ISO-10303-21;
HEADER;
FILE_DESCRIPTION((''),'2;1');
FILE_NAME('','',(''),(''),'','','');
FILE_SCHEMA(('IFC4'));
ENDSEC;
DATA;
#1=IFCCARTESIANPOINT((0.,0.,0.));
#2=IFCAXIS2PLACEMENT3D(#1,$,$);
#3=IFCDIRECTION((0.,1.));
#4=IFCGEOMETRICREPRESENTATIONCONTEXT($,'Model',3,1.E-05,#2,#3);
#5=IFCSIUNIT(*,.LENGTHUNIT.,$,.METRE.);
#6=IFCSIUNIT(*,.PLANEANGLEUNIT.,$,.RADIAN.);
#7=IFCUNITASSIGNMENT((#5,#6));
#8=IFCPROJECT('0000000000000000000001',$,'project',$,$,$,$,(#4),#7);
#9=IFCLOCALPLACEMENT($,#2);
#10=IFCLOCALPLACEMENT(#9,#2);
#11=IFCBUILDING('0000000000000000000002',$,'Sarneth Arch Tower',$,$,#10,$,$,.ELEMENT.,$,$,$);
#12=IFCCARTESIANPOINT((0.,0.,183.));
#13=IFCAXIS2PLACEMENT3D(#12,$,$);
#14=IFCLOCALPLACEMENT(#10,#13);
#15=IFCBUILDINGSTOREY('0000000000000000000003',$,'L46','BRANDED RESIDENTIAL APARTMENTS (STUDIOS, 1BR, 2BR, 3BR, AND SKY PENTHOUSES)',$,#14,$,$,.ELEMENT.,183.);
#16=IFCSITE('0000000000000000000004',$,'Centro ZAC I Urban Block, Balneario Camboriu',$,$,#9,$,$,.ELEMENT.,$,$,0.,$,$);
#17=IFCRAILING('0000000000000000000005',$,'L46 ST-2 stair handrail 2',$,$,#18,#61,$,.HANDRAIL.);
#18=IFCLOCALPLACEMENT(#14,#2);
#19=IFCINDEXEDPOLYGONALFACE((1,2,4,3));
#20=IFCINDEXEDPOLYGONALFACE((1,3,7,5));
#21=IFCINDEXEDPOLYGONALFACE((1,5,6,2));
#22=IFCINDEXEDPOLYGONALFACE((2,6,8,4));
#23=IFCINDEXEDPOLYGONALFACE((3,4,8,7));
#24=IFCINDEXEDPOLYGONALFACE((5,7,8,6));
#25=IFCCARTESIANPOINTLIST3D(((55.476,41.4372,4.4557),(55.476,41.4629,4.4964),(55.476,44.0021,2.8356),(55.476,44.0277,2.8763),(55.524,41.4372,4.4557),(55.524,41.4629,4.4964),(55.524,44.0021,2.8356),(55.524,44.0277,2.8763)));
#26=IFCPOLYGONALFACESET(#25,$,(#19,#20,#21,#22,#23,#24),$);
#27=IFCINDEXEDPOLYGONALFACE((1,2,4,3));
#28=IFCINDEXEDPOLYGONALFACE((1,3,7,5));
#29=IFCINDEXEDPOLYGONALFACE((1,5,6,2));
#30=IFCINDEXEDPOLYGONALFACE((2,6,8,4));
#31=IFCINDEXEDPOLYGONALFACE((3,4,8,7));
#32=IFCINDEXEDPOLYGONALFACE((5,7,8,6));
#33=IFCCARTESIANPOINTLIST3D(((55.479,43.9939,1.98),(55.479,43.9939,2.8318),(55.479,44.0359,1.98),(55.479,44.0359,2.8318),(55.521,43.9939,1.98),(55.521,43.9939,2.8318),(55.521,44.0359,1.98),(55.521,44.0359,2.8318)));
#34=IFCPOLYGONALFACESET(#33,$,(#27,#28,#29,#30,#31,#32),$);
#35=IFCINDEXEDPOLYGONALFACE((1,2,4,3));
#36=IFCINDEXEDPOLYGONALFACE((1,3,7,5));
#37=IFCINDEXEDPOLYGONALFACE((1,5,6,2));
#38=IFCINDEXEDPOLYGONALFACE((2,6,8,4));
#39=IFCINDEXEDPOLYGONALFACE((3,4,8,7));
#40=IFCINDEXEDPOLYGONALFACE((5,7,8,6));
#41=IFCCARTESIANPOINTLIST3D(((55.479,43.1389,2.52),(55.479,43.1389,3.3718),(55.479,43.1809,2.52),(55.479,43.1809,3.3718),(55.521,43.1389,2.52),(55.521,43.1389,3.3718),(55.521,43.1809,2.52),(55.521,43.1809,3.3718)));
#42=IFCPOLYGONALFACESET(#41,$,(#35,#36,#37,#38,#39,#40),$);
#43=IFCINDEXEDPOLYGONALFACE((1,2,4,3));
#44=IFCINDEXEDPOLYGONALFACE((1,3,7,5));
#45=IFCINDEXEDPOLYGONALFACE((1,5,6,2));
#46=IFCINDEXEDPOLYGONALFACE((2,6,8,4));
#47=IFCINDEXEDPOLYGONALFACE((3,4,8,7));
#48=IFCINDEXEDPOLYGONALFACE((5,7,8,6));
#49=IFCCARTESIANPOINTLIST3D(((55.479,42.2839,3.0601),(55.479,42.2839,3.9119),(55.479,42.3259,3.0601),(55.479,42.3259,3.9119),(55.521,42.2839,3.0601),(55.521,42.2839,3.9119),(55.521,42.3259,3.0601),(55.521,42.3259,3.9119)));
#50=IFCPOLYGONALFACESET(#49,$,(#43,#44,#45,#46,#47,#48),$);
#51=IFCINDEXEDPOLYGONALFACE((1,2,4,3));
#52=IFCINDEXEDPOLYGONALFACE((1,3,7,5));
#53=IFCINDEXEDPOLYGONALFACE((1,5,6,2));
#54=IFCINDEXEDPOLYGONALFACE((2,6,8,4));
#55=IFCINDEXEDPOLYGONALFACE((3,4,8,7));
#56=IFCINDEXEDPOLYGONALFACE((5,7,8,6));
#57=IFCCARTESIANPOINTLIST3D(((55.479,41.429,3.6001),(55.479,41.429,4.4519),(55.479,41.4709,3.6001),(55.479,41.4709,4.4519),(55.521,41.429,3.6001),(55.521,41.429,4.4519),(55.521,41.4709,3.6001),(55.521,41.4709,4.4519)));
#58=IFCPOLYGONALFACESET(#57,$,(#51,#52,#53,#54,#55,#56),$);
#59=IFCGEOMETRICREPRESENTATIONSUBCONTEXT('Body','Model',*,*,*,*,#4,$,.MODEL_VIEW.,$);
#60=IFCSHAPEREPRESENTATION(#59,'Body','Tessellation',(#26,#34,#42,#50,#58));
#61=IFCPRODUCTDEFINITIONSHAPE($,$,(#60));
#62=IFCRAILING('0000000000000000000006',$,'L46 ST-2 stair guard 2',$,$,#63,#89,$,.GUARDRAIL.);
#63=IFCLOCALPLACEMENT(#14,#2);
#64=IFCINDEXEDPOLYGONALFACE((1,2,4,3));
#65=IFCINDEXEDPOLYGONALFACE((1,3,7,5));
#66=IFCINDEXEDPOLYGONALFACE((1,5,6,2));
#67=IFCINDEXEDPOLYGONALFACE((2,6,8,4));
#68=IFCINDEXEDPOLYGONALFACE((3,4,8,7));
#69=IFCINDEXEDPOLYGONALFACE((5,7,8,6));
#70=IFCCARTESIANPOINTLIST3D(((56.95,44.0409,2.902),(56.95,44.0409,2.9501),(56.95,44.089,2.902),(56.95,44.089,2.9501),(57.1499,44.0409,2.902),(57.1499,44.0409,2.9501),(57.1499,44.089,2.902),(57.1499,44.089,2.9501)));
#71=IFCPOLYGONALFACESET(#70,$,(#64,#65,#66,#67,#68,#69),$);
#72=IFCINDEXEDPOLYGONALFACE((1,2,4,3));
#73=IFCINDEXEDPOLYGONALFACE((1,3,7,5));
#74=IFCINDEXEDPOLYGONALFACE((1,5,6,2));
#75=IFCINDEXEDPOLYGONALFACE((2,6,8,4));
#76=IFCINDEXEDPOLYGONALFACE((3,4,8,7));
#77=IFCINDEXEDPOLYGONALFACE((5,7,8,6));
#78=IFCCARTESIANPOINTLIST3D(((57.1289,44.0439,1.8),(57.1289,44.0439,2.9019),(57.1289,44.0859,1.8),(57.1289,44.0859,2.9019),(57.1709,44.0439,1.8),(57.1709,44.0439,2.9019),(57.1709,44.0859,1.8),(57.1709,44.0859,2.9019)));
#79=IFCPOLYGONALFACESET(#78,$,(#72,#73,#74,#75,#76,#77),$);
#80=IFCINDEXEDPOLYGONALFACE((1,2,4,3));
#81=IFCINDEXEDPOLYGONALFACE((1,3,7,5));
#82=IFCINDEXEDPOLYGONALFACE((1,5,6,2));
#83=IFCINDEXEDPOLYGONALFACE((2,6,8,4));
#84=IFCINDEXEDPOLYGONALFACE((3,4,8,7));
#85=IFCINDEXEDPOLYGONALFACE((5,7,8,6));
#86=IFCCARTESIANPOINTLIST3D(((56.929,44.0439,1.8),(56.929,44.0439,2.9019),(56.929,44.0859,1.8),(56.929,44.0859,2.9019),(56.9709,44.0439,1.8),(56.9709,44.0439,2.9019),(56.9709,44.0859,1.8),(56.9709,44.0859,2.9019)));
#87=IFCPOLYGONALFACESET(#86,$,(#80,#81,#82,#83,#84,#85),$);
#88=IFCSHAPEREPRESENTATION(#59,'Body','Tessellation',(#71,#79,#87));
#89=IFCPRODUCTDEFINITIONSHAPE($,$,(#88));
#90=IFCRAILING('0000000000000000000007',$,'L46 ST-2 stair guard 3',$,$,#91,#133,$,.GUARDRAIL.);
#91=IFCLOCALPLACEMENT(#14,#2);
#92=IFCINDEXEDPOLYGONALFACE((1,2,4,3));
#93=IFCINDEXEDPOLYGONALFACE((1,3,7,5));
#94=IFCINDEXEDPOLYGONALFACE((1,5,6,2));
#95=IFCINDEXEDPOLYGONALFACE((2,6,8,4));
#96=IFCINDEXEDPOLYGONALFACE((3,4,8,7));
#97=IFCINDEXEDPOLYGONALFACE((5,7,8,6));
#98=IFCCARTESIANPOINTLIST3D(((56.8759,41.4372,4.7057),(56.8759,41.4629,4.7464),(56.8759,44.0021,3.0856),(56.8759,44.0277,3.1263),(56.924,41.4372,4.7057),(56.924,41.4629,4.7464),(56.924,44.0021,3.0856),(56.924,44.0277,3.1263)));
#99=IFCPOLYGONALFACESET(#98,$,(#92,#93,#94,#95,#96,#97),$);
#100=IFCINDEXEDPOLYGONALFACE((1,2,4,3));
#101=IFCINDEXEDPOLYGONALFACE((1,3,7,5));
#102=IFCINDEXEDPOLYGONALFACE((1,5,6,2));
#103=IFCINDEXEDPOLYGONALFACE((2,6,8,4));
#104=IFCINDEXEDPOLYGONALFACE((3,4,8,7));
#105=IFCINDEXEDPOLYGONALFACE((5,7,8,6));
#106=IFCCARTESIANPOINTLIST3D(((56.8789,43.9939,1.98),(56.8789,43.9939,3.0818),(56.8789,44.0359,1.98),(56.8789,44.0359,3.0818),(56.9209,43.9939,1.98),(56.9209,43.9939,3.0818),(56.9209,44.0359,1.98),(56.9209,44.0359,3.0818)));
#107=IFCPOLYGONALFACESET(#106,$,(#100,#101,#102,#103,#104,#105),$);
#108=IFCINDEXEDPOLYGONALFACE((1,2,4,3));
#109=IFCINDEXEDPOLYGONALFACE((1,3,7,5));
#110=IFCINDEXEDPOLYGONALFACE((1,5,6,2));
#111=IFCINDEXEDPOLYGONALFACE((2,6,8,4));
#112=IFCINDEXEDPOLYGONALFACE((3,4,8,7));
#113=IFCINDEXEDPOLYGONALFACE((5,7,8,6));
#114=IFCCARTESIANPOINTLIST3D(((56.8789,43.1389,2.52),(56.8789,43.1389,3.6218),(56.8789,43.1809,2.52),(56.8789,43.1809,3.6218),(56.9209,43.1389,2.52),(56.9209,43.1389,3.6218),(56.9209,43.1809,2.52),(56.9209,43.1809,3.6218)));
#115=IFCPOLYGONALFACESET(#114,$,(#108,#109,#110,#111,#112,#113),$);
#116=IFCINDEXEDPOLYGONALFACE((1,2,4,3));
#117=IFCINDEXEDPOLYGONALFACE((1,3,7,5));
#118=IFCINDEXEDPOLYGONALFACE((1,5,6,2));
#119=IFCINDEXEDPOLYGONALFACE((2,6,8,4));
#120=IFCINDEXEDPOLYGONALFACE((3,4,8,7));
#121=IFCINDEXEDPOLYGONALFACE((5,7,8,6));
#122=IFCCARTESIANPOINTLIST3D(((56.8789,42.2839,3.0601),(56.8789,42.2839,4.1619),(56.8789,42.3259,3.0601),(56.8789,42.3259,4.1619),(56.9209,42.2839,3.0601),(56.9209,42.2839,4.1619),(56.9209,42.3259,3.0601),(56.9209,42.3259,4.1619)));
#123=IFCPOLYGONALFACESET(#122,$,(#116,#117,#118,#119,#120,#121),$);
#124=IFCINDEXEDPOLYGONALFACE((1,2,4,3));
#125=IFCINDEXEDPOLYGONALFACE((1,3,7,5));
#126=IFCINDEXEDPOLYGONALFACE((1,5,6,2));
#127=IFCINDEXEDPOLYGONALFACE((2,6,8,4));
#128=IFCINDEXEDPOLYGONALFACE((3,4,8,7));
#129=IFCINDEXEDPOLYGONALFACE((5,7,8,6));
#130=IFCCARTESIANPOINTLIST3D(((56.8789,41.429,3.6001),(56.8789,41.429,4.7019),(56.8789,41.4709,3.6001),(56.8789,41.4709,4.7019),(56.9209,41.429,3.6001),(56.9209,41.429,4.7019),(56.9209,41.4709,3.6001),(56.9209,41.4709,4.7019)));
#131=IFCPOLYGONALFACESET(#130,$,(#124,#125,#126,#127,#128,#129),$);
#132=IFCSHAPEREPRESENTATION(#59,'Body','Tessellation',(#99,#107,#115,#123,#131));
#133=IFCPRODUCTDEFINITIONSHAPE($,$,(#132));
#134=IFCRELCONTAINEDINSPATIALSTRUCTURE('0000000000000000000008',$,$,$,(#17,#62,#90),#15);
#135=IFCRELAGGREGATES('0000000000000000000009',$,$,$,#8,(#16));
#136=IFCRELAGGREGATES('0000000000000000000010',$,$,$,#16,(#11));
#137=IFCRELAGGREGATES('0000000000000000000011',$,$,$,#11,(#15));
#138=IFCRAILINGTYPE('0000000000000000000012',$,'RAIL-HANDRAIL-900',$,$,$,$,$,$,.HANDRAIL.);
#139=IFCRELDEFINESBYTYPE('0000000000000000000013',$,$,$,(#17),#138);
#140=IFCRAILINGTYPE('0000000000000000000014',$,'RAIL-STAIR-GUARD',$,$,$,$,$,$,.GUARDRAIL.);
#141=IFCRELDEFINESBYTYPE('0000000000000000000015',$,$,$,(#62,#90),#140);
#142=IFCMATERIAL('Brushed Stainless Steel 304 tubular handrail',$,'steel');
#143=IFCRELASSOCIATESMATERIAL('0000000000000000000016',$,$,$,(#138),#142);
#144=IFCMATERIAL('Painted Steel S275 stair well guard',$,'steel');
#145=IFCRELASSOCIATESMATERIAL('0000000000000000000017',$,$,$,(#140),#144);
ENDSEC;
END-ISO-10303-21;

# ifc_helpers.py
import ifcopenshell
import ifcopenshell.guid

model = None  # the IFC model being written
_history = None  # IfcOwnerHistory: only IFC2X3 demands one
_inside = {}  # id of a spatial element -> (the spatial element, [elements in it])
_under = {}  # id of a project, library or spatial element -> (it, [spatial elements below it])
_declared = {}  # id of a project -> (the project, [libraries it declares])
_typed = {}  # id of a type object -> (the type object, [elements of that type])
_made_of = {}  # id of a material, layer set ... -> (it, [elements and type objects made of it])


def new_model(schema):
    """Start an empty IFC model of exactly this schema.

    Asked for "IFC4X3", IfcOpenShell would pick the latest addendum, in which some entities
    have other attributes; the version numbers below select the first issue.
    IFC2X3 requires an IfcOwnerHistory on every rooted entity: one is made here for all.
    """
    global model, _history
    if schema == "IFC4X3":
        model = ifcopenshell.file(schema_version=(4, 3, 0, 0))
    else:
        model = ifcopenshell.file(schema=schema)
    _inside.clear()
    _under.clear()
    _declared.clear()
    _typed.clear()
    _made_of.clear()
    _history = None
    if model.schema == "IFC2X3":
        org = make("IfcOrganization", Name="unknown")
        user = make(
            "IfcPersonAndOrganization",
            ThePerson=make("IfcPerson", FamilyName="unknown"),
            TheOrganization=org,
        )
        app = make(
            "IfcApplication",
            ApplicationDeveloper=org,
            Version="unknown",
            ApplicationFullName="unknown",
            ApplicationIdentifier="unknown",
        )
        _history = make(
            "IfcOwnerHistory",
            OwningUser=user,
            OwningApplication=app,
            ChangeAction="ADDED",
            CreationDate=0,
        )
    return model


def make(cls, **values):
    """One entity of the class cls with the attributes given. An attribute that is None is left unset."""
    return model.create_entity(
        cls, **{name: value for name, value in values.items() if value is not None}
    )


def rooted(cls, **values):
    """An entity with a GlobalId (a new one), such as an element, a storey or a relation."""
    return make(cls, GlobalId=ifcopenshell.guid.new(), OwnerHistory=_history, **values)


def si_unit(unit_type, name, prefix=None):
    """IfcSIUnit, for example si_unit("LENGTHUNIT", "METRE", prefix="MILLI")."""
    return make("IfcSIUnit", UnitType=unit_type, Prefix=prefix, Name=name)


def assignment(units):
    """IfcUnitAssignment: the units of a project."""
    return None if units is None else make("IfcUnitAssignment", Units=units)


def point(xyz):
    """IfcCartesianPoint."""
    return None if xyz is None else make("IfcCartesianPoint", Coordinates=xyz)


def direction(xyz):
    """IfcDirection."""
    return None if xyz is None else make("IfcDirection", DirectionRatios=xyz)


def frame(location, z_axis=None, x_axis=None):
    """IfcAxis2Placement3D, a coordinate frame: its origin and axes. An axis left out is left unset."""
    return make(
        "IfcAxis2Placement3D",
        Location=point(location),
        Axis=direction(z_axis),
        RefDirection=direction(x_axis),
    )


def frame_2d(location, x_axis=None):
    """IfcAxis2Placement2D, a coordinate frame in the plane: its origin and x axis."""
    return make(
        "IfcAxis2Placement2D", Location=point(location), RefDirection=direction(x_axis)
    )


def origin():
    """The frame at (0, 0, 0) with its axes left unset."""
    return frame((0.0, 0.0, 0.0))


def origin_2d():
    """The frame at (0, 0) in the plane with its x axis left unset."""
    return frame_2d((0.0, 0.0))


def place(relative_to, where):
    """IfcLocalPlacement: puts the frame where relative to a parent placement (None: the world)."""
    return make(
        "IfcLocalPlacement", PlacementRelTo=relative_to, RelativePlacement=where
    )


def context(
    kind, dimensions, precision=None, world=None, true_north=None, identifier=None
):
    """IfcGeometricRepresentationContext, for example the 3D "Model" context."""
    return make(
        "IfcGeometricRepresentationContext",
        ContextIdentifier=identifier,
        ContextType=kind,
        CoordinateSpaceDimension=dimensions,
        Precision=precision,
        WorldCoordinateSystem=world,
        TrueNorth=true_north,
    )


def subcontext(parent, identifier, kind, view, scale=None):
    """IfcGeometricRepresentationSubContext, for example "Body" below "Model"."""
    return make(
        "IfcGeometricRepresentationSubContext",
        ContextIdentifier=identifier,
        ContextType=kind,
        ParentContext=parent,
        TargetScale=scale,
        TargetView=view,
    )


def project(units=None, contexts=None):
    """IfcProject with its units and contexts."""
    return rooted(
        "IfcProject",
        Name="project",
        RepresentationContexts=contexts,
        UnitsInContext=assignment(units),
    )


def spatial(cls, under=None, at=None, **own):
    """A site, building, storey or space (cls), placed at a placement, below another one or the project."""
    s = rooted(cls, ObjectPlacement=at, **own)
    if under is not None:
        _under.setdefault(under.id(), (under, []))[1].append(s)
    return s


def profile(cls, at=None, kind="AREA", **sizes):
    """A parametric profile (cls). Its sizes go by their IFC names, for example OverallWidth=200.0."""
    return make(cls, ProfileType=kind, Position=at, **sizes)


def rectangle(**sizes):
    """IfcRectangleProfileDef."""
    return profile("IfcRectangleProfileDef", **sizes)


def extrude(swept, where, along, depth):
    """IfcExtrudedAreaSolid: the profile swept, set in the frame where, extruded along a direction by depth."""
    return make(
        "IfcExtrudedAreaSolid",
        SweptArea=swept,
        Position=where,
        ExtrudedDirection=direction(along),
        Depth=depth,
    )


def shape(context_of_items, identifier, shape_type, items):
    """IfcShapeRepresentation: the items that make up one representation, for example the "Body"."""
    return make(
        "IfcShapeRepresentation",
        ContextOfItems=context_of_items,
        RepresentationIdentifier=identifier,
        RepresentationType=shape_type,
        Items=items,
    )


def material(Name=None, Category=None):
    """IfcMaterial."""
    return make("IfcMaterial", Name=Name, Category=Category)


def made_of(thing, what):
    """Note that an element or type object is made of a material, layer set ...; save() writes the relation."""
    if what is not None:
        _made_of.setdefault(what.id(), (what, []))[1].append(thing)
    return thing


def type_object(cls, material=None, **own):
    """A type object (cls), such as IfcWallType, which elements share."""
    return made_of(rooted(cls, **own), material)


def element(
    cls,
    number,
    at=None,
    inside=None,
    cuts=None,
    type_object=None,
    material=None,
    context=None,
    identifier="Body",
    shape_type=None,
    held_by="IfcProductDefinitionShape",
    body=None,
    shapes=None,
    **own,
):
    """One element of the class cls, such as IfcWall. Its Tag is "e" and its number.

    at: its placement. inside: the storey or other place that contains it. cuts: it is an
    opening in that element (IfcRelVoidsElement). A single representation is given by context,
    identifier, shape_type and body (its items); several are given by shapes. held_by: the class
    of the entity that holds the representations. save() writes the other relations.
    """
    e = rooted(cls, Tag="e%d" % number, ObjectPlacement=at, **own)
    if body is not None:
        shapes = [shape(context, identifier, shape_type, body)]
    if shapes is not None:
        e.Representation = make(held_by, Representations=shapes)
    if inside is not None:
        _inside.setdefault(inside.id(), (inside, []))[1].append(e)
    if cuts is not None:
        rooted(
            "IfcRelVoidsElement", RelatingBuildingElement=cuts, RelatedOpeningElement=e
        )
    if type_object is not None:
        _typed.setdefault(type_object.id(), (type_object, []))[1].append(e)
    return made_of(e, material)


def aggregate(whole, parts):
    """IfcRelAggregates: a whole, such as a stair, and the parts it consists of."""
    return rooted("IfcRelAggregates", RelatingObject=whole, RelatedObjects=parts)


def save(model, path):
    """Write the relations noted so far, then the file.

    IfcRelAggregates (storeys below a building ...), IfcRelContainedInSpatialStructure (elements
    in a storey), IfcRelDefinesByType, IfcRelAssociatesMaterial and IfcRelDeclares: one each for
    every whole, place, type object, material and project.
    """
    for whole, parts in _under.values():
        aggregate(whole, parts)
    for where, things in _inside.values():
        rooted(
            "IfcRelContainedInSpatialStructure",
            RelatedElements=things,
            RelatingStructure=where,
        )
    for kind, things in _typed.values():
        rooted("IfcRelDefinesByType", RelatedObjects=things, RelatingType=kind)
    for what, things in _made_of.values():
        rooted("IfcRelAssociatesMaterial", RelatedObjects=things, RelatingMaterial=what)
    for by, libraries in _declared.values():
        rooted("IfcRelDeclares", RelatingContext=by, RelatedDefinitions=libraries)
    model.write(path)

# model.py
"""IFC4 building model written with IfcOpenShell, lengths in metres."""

from ifc_helpers import new_model, si_unit, direction, frame, origin, origin_2d, place, context, subcontext, project, spatial, rectangle, extrude, material, type_object, element, save


model = new_model("IFC4")

# Units and contexts
model_context = context("Model", 3, precision=1e-05, world=origin(), true_north=direction((0.0, 1.0)))
body_context = subcontext(model_context, "Body", "Model", "MODEL_VIEW")
ifc_project = project(units=[si_unit("LENGTHUNIT", "METRE"), si_unit("PLANEANGLEUNIT", "RADIAN")], contexts=[model_context])

# Site, building, storey
site_placement = place(None, origin())
site = spatial("IfcSite", under=ifc_project, at=site_placement, Name="Centro ZAC I Urban Block, Balneario Camboriu", CompositionType="ELEMENT", RefElevation=0.0)
building_placement = place(site_placement, origin())
building = spatial("IfcBuilding", under=site, at=building_placement, Name="Sarneth Arch Tower", CompositionType="ELEMENT")
storey_placement = place(building_placement, frame((0.0, 0.0, 183.0)))
storey = spatial("IfcBuildingStorey", under=building, at=storey_placement, Name="L46", Description="BRANDED RESIDENTIAL APARTMENTS (STUDIOS, 1BR, 2BR, 3BR, AND SKY PENTHOUSES)", CompositionType="ELEMENT", Elevation=183.0)

# Railings
ifc_material_1 = material(Name="Brushed Stainless Steel 304 tubular handrail", Category="steel")
railing_type_1 = type_object("IfcRailingType", Name="RAIL-HANDRAIL-900", PredefinedType="HANDRAIL", material=ifc_material_1)
railing_1_placement = place(storey_placement, frame((55.5, 44.0149, 1.98)))
element("IfcRailing", 1, at=railing_1_placement, inside=storey, type_object=railing_type_1, Name="L46 ST-2 stair handrail 2", PredefinedType="HANDRAIL", context=body_context, shape_type="SweptSolid", body=[
    extrude(rectangle(XDim=0.0481, YDim=0.0481, at=origin_2d()), frame((0.0, 0.0, 0.876), z_axis=(0.0, -0.845466, 0.534029), x_axis=(1.0, 0.0, 0.0)), (0.0, 0.0, 1.0), 3.0337),
    extrude(rectangle(XDim=0.042, YDim=0.042, at=origin_2d()), origin(), (0.0, 0.0, 1.0), 0.8518),
    extrude(rectangle(XDim=0.042, YDim=0.042, at=origin_2d()), frame((0.0, -0.855, 0.54)), (0.0, 0.0, 1.0), 0.8518),
    extrude(rectangle(XDim=0.042, YDim=0.042, at=origin_2d()), frame((0.0, -1.71, 1.0801)), (0.0, 0.0, 1.0), 0.8518),
    extrude(rectangle(XDim=0.042, YDim=0.042, at=origin_2d()), frame((0.0, -2.5649, 1.6201)), (0.0, 0.0, 1.0), 0.8518),
])
ifc_material_2 = material(Name="Painted Steel S275 stair well guard", Category="steel")
railing_type_2 = type_object("IfcRailingType", Name="RAIL-STAIR-GUARD", PredefinedType="GUARDRAIL", material=ifc_material_2)
railing_2_placement = place(storey_placement, frame((57.1499, 44.0649, 1.8)))
element("IfcRailing", 2, at=railing_2_placement, inside=storey, type_object=railing_type_2, Name="L46 ST-2 stair guard 2", PredefinedType="GUARDRAIL", context=body_context, shape_type="SweptSolid", body=[
    extrude(rectangle(XDim=0.0481, YDim=0.0481, at=origin_2d()), frame((0.0, 0.0, 1.126), z_axis=(-1.0, 0.0, 0.0), x_axis=(0.0, -1.0, 0.0)), (0.0, 0.0, 1.0), 0.2),
    extrude(rectangle(XDim=0.042, YDim=0.042, at=origin_2d()), origin(), (0.0, 0.0, 1.0), 1.1018),
    extrude(rectangle(XDim=0.042, YDim=0.042, at=origin_2d()), frame((-0.2, 0.0, 0.0)), (0.0, 0.0, 1.0), 1.1018),
])
railing_3_placement = place(storey_placement, frame((56.8999, 44.0149, 1.98)))
element("IfcRailing", 3, at=railing_3_placement, inside=storey, type_object=railing_type_2, Name="L46 ST-2 stair guard 3", PredefinedType="GUARDRAIL", context=body_context, shape_type="SweptSolid", body=[
    extrude(rectangle(XDim=0.0481, YDim=0.0481, at=origin_2d()), frame((0.0, 0.0, 1.126), z_axis=(0.0, -0.845466, 0.534029), x_axis=(1.0, 0.0, 0.0)), (0.0, 0.0, 1.0), 3.0337),
    extrude(rectangle(XDim=0.042, YDim=0.042, at=origin_2d()), origin(), (0.0, 0.0, 1.0), 1.1018),
    extrude(rectangle(XDim=0.042, YDim=0.042, at=origin_2d()), frame((0.0, -0.855, 0.54)), (0.0, 0.0, 1.0), 1.1018),
    extrude(rectangle(XDim=0.042, YDim=0.042, at=origin_2d()), frame((0.0, -1.71, 1.0801)), (0.0, 0.0, 1.0), 1.1018),
    extrude(rectangle(XDim=0.042, YDim=0.042, at=origin_2d()), frame((0.0, -2.5649, 1.6201)), (0.0, 0.0, 1.0), 1.1018),
])

save(model, "model.ifc")
